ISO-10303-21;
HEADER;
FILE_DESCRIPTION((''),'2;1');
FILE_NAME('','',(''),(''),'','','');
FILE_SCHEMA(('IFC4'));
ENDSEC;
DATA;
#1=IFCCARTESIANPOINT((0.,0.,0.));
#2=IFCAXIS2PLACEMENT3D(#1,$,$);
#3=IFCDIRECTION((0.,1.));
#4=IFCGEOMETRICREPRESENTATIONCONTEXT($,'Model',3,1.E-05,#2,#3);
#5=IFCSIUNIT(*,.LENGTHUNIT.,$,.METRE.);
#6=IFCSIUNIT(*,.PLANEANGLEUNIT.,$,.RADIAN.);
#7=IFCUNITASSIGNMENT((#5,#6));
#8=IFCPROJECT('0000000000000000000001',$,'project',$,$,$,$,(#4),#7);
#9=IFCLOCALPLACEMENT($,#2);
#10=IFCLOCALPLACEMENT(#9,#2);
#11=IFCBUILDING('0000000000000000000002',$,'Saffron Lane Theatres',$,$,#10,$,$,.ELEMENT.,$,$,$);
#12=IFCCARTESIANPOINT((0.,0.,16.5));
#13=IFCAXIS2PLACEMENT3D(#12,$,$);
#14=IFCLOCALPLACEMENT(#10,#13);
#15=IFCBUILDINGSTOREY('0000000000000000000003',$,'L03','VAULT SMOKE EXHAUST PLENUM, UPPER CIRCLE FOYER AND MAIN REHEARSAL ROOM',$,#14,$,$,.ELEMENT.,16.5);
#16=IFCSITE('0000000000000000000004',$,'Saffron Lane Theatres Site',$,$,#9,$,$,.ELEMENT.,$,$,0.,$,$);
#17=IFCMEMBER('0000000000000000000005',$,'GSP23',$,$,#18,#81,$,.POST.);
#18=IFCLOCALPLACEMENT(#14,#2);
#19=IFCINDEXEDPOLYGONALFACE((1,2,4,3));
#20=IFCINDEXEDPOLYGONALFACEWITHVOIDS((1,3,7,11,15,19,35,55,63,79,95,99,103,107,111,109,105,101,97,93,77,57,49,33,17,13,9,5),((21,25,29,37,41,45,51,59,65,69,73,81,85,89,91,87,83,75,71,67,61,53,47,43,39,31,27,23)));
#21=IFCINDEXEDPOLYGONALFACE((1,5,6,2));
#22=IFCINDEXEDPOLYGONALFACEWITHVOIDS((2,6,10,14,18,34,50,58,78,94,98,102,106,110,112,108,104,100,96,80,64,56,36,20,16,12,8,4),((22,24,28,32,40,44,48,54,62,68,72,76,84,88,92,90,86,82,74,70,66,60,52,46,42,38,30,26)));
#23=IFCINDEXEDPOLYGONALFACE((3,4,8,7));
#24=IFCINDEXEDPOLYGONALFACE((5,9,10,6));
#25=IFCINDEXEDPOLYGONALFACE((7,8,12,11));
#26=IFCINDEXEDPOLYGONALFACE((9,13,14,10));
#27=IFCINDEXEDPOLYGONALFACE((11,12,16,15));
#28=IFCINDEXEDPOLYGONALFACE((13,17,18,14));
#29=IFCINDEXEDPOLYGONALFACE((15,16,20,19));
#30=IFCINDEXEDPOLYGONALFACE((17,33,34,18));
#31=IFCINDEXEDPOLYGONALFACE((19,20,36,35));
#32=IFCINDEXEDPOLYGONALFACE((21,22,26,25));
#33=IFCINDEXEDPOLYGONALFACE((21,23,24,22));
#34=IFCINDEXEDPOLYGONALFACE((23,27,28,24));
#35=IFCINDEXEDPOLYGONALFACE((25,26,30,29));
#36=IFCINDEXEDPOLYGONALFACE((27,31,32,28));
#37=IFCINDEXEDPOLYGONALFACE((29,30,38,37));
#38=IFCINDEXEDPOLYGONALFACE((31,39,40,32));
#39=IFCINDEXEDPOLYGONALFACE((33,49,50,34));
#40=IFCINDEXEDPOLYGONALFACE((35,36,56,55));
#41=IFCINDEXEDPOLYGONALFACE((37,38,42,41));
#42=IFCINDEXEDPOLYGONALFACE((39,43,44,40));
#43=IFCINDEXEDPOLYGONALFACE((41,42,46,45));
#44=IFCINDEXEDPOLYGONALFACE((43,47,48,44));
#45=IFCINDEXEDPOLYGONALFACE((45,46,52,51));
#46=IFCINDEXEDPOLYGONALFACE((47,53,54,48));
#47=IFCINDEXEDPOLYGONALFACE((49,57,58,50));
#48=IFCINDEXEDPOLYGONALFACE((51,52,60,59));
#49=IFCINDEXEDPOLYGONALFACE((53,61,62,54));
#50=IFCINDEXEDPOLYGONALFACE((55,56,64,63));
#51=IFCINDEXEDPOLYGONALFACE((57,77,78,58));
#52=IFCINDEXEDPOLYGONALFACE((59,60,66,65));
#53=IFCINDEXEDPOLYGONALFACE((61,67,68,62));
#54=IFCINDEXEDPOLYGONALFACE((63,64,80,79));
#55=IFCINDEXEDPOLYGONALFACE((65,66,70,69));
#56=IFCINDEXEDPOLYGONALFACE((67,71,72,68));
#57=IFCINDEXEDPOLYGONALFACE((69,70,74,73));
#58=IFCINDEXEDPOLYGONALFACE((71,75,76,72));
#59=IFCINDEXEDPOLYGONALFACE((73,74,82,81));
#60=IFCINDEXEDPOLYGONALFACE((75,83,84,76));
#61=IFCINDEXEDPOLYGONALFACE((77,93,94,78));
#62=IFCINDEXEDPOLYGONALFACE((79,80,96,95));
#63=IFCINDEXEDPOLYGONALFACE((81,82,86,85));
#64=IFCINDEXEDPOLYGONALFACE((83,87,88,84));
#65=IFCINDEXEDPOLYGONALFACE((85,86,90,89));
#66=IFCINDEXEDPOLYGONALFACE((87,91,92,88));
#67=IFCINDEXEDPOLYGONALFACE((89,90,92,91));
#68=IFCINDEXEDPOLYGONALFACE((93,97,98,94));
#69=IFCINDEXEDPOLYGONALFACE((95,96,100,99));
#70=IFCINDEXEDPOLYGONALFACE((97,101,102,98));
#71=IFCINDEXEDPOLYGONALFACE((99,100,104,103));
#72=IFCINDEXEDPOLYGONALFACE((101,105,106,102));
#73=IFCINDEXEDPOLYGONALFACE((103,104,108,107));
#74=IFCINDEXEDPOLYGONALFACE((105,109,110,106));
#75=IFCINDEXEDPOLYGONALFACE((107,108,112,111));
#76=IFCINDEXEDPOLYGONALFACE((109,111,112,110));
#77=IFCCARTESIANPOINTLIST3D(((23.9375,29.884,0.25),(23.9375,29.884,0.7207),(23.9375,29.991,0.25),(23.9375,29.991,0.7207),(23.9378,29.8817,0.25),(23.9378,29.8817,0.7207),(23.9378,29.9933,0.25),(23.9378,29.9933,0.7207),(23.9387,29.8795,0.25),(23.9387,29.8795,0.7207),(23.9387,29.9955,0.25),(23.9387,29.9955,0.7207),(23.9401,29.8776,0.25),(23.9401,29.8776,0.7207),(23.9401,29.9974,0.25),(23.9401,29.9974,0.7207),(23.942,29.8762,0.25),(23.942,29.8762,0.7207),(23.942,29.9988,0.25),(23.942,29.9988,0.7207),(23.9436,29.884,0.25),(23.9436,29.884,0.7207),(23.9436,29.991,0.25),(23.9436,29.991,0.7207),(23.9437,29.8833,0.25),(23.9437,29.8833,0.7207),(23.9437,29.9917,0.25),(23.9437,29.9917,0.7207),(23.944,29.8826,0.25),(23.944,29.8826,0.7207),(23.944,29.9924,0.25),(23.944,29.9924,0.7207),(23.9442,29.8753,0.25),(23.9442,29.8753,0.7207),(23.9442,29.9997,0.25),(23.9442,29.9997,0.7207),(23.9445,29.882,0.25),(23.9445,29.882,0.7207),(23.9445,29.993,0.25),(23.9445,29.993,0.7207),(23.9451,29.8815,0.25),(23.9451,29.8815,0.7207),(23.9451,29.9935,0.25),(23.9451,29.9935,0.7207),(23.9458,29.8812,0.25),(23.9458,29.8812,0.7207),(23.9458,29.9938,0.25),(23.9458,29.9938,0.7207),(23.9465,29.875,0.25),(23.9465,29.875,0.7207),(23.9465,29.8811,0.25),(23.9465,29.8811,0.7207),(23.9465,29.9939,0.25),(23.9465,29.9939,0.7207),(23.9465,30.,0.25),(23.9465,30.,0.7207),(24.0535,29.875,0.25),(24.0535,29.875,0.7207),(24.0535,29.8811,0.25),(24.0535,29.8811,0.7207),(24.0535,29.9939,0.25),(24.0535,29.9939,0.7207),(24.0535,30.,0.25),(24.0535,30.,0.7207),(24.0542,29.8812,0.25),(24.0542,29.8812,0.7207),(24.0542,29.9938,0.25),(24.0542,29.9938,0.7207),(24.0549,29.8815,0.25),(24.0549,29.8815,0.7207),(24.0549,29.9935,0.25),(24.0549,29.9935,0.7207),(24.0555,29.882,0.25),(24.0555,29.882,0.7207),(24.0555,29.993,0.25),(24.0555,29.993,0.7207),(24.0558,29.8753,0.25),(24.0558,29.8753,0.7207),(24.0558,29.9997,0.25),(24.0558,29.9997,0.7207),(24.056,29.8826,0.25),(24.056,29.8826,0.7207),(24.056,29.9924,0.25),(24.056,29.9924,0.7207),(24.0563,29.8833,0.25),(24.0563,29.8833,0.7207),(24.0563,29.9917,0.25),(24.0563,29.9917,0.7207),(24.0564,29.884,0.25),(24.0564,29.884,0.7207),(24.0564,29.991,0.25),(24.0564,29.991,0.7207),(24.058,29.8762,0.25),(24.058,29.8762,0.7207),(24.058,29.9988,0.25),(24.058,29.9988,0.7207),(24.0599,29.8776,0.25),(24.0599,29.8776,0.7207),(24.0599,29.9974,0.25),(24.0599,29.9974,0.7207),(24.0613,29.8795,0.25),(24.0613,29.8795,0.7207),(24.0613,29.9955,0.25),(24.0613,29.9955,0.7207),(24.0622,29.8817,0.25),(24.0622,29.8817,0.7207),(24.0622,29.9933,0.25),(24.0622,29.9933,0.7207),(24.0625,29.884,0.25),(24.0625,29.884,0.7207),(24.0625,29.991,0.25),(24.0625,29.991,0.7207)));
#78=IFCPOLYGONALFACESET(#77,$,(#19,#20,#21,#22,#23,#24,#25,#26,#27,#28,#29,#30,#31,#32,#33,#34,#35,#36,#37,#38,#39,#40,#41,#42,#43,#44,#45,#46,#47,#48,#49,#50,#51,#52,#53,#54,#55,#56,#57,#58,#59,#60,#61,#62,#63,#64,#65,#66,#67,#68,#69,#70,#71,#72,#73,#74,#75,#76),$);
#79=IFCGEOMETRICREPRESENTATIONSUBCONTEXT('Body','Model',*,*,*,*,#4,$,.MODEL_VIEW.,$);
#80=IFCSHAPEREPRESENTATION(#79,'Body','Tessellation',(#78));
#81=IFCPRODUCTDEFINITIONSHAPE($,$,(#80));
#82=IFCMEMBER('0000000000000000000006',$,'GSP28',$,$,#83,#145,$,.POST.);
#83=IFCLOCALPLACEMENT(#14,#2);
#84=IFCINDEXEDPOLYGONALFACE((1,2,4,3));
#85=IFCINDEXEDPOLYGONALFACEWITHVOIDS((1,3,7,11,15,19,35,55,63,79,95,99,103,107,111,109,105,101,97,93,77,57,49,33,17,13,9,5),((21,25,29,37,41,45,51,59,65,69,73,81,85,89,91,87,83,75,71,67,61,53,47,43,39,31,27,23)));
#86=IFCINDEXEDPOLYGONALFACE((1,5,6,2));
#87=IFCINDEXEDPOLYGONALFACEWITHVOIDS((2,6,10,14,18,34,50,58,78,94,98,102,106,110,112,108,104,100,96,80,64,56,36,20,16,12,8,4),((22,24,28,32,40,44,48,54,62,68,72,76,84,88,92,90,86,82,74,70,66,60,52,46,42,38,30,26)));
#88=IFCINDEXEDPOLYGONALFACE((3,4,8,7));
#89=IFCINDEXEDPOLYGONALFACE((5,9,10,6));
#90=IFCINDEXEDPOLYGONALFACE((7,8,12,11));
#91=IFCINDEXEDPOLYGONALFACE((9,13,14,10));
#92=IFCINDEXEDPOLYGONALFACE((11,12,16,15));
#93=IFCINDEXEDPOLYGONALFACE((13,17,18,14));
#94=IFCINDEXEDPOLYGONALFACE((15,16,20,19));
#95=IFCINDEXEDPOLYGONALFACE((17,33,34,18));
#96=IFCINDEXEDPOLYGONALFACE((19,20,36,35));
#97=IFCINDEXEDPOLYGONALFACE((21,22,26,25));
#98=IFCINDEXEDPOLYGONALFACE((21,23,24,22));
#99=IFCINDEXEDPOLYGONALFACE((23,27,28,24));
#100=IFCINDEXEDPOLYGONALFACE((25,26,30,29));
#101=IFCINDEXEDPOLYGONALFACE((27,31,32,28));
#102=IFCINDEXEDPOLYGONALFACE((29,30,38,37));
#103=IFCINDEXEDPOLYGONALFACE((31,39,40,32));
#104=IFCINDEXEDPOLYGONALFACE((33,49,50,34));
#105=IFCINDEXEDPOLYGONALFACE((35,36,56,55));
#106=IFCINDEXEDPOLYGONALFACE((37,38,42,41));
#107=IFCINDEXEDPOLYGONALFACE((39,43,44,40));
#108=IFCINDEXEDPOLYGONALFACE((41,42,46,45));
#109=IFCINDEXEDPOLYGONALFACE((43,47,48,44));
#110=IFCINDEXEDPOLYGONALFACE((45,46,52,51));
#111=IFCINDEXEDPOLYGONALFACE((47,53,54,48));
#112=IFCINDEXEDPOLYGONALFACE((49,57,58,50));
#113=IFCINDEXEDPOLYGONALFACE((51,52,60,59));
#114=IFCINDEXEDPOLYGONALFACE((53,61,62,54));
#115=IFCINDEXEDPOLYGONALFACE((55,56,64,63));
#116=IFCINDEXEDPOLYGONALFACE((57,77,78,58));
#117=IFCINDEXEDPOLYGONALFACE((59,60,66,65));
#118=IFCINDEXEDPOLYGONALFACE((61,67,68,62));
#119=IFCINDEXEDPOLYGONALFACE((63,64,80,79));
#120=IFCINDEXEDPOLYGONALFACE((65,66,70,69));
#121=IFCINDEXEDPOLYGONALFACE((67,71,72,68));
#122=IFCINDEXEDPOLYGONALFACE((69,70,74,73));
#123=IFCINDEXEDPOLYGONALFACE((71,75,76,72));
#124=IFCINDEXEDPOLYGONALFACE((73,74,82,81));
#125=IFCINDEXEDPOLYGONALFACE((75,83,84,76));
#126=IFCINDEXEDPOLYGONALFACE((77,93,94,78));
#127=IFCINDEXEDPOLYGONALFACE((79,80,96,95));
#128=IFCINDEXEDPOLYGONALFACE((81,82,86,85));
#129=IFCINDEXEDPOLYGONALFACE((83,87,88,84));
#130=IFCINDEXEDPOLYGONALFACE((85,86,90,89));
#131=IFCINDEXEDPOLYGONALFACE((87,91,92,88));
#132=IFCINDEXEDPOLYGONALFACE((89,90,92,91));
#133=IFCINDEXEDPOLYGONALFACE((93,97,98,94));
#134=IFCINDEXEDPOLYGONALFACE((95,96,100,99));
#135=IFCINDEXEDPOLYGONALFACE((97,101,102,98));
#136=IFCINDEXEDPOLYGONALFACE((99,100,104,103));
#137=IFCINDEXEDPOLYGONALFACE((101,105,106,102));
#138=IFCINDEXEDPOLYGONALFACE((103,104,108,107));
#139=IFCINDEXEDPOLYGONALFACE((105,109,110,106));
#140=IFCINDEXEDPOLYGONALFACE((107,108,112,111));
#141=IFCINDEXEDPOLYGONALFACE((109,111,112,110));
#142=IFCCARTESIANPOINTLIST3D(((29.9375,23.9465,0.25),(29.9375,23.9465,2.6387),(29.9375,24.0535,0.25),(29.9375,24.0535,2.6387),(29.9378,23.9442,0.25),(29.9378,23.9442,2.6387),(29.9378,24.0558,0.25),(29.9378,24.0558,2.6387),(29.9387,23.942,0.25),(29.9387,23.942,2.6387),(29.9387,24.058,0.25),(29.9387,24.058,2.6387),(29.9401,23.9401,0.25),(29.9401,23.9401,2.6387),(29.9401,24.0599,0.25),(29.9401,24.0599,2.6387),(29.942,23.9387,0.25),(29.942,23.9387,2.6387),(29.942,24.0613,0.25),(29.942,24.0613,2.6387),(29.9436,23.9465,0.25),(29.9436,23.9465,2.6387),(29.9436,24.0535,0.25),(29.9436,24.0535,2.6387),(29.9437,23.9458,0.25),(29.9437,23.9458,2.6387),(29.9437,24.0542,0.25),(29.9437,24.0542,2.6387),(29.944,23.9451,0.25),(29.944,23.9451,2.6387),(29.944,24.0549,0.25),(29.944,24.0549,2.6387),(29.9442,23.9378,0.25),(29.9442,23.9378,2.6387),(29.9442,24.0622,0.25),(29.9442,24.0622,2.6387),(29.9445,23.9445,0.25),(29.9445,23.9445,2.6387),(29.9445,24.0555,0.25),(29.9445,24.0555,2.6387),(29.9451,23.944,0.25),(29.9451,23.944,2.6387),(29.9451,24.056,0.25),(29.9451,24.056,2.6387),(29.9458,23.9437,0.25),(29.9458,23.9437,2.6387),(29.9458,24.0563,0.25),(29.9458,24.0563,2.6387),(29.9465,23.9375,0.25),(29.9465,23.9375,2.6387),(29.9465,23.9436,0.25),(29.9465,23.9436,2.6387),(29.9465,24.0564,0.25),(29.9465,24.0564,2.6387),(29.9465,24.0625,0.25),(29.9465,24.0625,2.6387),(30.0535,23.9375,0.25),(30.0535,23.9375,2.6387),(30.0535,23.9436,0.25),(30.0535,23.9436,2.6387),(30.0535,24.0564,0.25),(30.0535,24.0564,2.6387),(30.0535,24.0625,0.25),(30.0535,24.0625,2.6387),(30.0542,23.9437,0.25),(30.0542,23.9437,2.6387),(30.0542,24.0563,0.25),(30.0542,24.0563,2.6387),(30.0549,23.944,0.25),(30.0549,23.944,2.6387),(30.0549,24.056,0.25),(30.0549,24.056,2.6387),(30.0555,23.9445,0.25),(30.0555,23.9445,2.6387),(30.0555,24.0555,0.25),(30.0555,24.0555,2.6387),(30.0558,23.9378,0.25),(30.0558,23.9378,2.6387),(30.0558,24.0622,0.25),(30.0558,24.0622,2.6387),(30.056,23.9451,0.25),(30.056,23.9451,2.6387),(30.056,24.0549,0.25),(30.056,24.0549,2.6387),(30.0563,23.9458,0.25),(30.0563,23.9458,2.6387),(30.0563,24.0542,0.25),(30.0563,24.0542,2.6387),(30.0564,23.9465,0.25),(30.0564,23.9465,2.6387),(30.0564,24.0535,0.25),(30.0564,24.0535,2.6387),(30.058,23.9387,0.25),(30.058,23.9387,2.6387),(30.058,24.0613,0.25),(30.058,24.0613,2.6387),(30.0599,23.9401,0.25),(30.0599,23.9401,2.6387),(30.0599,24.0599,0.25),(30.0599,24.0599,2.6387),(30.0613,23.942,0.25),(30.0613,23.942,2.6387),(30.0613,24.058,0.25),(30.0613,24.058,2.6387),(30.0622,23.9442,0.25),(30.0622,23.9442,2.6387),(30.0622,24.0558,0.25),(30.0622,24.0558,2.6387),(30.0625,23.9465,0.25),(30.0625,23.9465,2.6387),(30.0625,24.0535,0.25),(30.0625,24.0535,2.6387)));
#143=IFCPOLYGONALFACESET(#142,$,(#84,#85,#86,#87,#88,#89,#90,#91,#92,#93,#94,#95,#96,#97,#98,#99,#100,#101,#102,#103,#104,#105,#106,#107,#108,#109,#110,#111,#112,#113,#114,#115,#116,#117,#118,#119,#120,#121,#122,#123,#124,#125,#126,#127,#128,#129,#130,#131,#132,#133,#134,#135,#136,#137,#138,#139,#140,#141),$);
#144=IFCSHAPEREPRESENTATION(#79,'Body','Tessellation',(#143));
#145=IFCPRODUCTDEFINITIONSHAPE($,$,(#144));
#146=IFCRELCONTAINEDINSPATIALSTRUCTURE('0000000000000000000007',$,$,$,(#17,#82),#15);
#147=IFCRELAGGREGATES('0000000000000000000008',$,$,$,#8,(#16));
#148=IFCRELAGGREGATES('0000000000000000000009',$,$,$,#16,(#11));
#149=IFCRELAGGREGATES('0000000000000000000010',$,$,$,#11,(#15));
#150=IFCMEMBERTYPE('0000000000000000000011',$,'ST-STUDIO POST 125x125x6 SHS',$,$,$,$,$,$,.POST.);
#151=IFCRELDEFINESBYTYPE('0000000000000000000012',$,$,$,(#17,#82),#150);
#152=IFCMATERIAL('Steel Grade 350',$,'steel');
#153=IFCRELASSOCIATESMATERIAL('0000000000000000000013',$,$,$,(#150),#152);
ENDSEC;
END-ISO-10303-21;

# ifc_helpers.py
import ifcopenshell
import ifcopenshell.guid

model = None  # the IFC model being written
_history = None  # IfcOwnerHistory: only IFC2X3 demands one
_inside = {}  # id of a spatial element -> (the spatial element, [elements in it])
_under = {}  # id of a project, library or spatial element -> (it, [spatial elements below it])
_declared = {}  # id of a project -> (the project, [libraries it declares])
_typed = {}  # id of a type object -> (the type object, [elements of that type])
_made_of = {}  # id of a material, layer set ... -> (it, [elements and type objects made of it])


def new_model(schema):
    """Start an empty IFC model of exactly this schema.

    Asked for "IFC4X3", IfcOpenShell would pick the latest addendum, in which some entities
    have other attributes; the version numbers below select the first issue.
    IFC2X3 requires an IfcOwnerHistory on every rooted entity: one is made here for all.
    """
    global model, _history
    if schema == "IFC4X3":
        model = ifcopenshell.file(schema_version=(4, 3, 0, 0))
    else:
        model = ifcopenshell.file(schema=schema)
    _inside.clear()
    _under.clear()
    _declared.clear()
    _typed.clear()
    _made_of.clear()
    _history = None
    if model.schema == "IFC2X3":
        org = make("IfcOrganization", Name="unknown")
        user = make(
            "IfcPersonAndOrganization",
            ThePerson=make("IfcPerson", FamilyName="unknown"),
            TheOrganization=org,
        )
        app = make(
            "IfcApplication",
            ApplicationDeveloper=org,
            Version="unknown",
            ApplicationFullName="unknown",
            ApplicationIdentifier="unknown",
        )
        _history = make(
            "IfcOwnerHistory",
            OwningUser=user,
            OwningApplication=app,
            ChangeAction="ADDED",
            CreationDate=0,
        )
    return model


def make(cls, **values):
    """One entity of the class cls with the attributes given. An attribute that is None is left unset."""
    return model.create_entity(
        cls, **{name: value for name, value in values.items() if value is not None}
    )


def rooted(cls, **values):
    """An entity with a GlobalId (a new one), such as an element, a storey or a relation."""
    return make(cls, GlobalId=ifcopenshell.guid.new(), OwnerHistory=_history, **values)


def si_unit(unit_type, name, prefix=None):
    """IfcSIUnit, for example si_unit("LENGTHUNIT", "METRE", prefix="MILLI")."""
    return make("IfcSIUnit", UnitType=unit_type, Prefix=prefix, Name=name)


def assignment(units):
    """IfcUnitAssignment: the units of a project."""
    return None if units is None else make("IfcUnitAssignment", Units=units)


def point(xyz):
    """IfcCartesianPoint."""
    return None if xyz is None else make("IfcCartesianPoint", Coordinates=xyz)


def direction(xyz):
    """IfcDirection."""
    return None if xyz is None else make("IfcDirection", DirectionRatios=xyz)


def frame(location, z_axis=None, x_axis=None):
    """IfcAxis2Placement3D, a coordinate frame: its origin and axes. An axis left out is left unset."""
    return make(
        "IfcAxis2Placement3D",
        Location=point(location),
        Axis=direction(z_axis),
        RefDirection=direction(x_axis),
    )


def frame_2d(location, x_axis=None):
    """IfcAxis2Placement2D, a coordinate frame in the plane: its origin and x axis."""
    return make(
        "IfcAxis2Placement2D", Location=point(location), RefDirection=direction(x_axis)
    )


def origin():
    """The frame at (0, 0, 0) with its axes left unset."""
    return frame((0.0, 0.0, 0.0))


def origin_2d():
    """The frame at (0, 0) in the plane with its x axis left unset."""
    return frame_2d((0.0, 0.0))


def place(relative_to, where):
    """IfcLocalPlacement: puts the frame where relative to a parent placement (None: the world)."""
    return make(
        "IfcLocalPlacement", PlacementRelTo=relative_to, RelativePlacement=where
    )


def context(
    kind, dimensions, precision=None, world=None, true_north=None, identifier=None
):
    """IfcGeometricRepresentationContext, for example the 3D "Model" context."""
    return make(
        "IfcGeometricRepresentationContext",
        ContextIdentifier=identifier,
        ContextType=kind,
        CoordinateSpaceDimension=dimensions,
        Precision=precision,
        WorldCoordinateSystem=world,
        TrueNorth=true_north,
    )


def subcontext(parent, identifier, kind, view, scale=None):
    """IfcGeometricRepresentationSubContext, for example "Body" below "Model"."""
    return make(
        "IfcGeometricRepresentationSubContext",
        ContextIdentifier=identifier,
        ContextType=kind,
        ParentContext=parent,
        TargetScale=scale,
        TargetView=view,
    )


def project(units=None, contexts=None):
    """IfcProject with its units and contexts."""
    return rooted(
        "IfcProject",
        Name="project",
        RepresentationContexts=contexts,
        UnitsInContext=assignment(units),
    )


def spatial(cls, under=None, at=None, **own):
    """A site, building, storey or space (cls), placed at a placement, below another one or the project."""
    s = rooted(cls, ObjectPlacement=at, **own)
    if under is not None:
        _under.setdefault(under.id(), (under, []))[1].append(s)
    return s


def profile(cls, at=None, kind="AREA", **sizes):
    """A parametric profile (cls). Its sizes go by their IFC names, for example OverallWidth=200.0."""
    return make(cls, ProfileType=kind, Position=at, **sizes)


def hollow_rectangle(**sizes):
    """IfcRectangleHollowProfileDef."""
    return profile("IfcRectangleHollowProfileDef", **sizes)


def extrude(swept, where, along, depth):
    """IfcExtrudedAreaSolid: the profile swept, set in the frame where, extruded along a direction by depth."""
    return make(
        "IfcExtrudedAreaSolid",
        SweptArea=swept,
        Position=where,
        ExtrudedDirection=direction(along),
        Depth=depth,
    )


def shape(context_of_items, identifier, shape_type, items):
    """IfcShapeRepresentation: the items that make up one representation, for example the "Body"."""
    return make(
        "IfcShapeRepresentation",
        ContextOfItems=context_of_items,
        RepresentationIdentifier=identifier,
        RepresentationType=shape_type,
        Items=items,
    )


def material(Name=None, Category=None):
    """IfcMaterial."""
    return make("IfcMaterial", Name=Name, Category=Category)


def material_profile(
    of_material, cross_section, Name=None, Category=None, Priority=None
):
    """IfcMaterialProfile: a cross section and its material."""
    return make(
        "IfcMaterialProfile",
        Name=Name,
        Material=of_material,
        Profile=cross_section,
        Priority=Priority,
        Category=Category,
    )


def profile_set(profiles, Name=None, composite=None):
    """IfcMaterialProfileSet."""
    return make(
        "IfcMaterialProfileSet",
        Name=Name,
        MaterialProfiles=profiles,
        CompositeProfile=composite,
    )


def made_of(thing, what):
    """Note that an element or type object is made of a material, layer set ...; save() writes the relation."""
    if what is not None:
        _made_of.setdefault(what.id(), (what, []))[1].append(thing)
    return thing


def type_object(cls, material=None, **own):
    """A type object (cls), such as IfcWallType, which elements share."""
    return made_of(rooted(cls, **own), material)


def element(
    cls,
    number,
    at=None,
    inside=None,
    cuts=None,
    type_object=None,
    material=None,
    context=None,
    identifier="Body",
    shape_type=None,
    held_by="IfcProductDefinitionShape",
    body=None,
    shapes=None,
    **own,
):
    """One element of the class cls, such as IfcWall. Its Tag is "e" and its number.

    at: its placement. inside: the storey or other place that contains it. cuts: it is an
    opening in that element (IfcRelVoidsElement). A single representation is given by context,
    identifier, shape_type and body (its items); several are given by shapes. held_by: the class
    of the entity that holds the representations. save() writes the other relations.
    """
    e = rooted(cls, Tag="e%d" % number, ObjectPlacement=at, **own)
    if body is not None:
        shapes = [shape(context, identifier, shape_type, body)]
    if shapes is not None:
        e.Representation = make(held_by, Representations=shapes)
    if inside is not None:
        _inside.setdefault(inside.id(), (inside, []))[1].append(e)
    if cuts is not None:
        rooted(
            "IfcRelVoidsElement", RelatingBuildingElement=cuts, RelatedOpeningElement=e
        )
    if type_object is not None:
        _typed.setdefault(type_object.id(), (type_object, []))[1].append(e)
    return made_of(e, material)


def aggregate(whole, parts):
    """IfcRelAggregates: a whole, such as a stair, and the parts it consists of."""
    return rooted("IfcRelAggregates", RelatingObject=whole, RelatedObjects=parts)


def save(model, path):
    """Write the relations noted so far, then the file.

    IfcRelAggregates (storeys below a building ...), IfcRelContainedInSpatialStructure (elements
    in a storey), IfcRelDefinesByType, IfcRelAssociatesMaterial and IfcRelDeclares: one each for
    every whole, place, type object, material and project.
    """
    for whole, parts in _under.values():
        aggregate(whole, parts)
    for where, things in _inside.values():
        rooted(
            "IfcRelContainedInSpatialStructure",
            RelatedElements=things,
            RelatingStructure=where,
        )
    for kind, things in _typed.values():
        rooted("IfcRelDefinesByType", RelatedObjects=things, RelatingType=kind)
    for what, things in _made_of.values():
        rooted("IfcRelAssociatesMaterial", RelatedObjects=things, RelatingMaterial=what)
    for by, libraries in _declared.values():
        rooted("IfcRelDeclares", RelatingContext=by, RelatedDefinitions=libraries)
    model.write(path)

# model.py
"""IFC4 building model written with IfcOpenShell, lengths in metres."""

from ifc_helpers import new_model, si_unit, direction, frame, origin, origin_2d, place, context, subcontext, project, spatial, hollow_rectangle, extrude, material, material_profile, profile_set, type_object, element, save


model = new_model("IFC4")

# Units and contexts
model_context = context("Model", 3, precision=1e-05, world=origin(), true_north=direction((0.0, 1.0)))
body_context = subcontext(model_context, "Body", "Model", "MODEL_VIEW")
ifc_project = project(units=[si_unit("LENGTHUNIT", "METRE"), si_unit("PLANEANGLEUNIT", "RADIAN")], contexts=[model_context])

# Site, building, storey
site_placement = place(None, origin())
site = spatial("IfcSite", under=ifc_project, at=site_placement, Name="Saffron Lane Theatres Site", CompositionType="ELEMENT", RefElevation=0.0)
building_placement = place(site_placement, origin())
building = spatial("IfcBuilding", under=site, at=building_placement, Name="Saffron Lane Theatres", CompositionType="ELEMENT")
storey_placement = place(building_placement, frame((0.0, 0.0, 16.5)))
storey = spatial("IfcBuildingStorey", under=building, at=storey_placement, Name="L03", Description="VAULT SMOKE EXHAUST PLENUM, UPPER CIRCLE FOYER AND MAIN REHEARSAL ROOM", CompositionType="ELEMENT", Elevation=16.5)

# Members
ifc_material_1 = material(Name="Steel Grade 350", Category="steel")
ifc_material_profile_1 = material_profile(ifc_material_1, hollow_rectangle(XDim=0.125, YDim=0.125, WallThickness=0.0061, InnerFilletRadius=0.0029, OuterFilletRadius=0.009, at=origin_2d()))
ifc_profile_set_1 = profile_set([ifc_material_profile_1], Name="Steel Grade 350")
member_type_1 = type_object("IfcMemberType", Name="ST-STUDIO POST 125x125x6 SHS", PredefinedType="POST", material=ifc_profile_set_1)
member_1_placement = place(storey_placement, frame((24.0, 29.9375, 0.25), z_axis=(0.0, 0.0, 1.0), x_axis=(1.0, 0.0, 0.0)))
element("IfcMember", 1, at=member_1_placement, inside=storey, type_object=member_type_1, Name="GSP23", PredefinedType="POST", context=body_context, shape_type="SweptSolid", body=[
    extrude(hollow_rectangle(XDim=0.125, YDim=0.125, WallThickness=0.0061, InnerFilletRadius=0.0029, OuterFilletRadius=0.009, at=origin_2d()), origin(), (0.0, 0.0, 1.0), 0.4707),
])
member_2_placement = place(storey_placement, frame((30.0, 24.0, 0.25), z_axis=(0.0, 0.0, 1.0), x_axis=(1.0, 0.0, 0.0)))
element("IfcMember", 2, at=member_2_placement, inside=storey, type_object=member_type_1, Name="GSP28", PredefinedType="POST", context=body_context, shape_type="SweptSolid", body=[
    extrude(hollow_rectangle(XDim=0.125, YDim=0.125, WallThickness=0.0061, InnerFilletRadius=0.0029, OuterFilletRadius=0.009, at=origin_2d()), origin(), (0.0, 0.0, 1.0), 2.3887),
])

save(model, "model.ifc")
